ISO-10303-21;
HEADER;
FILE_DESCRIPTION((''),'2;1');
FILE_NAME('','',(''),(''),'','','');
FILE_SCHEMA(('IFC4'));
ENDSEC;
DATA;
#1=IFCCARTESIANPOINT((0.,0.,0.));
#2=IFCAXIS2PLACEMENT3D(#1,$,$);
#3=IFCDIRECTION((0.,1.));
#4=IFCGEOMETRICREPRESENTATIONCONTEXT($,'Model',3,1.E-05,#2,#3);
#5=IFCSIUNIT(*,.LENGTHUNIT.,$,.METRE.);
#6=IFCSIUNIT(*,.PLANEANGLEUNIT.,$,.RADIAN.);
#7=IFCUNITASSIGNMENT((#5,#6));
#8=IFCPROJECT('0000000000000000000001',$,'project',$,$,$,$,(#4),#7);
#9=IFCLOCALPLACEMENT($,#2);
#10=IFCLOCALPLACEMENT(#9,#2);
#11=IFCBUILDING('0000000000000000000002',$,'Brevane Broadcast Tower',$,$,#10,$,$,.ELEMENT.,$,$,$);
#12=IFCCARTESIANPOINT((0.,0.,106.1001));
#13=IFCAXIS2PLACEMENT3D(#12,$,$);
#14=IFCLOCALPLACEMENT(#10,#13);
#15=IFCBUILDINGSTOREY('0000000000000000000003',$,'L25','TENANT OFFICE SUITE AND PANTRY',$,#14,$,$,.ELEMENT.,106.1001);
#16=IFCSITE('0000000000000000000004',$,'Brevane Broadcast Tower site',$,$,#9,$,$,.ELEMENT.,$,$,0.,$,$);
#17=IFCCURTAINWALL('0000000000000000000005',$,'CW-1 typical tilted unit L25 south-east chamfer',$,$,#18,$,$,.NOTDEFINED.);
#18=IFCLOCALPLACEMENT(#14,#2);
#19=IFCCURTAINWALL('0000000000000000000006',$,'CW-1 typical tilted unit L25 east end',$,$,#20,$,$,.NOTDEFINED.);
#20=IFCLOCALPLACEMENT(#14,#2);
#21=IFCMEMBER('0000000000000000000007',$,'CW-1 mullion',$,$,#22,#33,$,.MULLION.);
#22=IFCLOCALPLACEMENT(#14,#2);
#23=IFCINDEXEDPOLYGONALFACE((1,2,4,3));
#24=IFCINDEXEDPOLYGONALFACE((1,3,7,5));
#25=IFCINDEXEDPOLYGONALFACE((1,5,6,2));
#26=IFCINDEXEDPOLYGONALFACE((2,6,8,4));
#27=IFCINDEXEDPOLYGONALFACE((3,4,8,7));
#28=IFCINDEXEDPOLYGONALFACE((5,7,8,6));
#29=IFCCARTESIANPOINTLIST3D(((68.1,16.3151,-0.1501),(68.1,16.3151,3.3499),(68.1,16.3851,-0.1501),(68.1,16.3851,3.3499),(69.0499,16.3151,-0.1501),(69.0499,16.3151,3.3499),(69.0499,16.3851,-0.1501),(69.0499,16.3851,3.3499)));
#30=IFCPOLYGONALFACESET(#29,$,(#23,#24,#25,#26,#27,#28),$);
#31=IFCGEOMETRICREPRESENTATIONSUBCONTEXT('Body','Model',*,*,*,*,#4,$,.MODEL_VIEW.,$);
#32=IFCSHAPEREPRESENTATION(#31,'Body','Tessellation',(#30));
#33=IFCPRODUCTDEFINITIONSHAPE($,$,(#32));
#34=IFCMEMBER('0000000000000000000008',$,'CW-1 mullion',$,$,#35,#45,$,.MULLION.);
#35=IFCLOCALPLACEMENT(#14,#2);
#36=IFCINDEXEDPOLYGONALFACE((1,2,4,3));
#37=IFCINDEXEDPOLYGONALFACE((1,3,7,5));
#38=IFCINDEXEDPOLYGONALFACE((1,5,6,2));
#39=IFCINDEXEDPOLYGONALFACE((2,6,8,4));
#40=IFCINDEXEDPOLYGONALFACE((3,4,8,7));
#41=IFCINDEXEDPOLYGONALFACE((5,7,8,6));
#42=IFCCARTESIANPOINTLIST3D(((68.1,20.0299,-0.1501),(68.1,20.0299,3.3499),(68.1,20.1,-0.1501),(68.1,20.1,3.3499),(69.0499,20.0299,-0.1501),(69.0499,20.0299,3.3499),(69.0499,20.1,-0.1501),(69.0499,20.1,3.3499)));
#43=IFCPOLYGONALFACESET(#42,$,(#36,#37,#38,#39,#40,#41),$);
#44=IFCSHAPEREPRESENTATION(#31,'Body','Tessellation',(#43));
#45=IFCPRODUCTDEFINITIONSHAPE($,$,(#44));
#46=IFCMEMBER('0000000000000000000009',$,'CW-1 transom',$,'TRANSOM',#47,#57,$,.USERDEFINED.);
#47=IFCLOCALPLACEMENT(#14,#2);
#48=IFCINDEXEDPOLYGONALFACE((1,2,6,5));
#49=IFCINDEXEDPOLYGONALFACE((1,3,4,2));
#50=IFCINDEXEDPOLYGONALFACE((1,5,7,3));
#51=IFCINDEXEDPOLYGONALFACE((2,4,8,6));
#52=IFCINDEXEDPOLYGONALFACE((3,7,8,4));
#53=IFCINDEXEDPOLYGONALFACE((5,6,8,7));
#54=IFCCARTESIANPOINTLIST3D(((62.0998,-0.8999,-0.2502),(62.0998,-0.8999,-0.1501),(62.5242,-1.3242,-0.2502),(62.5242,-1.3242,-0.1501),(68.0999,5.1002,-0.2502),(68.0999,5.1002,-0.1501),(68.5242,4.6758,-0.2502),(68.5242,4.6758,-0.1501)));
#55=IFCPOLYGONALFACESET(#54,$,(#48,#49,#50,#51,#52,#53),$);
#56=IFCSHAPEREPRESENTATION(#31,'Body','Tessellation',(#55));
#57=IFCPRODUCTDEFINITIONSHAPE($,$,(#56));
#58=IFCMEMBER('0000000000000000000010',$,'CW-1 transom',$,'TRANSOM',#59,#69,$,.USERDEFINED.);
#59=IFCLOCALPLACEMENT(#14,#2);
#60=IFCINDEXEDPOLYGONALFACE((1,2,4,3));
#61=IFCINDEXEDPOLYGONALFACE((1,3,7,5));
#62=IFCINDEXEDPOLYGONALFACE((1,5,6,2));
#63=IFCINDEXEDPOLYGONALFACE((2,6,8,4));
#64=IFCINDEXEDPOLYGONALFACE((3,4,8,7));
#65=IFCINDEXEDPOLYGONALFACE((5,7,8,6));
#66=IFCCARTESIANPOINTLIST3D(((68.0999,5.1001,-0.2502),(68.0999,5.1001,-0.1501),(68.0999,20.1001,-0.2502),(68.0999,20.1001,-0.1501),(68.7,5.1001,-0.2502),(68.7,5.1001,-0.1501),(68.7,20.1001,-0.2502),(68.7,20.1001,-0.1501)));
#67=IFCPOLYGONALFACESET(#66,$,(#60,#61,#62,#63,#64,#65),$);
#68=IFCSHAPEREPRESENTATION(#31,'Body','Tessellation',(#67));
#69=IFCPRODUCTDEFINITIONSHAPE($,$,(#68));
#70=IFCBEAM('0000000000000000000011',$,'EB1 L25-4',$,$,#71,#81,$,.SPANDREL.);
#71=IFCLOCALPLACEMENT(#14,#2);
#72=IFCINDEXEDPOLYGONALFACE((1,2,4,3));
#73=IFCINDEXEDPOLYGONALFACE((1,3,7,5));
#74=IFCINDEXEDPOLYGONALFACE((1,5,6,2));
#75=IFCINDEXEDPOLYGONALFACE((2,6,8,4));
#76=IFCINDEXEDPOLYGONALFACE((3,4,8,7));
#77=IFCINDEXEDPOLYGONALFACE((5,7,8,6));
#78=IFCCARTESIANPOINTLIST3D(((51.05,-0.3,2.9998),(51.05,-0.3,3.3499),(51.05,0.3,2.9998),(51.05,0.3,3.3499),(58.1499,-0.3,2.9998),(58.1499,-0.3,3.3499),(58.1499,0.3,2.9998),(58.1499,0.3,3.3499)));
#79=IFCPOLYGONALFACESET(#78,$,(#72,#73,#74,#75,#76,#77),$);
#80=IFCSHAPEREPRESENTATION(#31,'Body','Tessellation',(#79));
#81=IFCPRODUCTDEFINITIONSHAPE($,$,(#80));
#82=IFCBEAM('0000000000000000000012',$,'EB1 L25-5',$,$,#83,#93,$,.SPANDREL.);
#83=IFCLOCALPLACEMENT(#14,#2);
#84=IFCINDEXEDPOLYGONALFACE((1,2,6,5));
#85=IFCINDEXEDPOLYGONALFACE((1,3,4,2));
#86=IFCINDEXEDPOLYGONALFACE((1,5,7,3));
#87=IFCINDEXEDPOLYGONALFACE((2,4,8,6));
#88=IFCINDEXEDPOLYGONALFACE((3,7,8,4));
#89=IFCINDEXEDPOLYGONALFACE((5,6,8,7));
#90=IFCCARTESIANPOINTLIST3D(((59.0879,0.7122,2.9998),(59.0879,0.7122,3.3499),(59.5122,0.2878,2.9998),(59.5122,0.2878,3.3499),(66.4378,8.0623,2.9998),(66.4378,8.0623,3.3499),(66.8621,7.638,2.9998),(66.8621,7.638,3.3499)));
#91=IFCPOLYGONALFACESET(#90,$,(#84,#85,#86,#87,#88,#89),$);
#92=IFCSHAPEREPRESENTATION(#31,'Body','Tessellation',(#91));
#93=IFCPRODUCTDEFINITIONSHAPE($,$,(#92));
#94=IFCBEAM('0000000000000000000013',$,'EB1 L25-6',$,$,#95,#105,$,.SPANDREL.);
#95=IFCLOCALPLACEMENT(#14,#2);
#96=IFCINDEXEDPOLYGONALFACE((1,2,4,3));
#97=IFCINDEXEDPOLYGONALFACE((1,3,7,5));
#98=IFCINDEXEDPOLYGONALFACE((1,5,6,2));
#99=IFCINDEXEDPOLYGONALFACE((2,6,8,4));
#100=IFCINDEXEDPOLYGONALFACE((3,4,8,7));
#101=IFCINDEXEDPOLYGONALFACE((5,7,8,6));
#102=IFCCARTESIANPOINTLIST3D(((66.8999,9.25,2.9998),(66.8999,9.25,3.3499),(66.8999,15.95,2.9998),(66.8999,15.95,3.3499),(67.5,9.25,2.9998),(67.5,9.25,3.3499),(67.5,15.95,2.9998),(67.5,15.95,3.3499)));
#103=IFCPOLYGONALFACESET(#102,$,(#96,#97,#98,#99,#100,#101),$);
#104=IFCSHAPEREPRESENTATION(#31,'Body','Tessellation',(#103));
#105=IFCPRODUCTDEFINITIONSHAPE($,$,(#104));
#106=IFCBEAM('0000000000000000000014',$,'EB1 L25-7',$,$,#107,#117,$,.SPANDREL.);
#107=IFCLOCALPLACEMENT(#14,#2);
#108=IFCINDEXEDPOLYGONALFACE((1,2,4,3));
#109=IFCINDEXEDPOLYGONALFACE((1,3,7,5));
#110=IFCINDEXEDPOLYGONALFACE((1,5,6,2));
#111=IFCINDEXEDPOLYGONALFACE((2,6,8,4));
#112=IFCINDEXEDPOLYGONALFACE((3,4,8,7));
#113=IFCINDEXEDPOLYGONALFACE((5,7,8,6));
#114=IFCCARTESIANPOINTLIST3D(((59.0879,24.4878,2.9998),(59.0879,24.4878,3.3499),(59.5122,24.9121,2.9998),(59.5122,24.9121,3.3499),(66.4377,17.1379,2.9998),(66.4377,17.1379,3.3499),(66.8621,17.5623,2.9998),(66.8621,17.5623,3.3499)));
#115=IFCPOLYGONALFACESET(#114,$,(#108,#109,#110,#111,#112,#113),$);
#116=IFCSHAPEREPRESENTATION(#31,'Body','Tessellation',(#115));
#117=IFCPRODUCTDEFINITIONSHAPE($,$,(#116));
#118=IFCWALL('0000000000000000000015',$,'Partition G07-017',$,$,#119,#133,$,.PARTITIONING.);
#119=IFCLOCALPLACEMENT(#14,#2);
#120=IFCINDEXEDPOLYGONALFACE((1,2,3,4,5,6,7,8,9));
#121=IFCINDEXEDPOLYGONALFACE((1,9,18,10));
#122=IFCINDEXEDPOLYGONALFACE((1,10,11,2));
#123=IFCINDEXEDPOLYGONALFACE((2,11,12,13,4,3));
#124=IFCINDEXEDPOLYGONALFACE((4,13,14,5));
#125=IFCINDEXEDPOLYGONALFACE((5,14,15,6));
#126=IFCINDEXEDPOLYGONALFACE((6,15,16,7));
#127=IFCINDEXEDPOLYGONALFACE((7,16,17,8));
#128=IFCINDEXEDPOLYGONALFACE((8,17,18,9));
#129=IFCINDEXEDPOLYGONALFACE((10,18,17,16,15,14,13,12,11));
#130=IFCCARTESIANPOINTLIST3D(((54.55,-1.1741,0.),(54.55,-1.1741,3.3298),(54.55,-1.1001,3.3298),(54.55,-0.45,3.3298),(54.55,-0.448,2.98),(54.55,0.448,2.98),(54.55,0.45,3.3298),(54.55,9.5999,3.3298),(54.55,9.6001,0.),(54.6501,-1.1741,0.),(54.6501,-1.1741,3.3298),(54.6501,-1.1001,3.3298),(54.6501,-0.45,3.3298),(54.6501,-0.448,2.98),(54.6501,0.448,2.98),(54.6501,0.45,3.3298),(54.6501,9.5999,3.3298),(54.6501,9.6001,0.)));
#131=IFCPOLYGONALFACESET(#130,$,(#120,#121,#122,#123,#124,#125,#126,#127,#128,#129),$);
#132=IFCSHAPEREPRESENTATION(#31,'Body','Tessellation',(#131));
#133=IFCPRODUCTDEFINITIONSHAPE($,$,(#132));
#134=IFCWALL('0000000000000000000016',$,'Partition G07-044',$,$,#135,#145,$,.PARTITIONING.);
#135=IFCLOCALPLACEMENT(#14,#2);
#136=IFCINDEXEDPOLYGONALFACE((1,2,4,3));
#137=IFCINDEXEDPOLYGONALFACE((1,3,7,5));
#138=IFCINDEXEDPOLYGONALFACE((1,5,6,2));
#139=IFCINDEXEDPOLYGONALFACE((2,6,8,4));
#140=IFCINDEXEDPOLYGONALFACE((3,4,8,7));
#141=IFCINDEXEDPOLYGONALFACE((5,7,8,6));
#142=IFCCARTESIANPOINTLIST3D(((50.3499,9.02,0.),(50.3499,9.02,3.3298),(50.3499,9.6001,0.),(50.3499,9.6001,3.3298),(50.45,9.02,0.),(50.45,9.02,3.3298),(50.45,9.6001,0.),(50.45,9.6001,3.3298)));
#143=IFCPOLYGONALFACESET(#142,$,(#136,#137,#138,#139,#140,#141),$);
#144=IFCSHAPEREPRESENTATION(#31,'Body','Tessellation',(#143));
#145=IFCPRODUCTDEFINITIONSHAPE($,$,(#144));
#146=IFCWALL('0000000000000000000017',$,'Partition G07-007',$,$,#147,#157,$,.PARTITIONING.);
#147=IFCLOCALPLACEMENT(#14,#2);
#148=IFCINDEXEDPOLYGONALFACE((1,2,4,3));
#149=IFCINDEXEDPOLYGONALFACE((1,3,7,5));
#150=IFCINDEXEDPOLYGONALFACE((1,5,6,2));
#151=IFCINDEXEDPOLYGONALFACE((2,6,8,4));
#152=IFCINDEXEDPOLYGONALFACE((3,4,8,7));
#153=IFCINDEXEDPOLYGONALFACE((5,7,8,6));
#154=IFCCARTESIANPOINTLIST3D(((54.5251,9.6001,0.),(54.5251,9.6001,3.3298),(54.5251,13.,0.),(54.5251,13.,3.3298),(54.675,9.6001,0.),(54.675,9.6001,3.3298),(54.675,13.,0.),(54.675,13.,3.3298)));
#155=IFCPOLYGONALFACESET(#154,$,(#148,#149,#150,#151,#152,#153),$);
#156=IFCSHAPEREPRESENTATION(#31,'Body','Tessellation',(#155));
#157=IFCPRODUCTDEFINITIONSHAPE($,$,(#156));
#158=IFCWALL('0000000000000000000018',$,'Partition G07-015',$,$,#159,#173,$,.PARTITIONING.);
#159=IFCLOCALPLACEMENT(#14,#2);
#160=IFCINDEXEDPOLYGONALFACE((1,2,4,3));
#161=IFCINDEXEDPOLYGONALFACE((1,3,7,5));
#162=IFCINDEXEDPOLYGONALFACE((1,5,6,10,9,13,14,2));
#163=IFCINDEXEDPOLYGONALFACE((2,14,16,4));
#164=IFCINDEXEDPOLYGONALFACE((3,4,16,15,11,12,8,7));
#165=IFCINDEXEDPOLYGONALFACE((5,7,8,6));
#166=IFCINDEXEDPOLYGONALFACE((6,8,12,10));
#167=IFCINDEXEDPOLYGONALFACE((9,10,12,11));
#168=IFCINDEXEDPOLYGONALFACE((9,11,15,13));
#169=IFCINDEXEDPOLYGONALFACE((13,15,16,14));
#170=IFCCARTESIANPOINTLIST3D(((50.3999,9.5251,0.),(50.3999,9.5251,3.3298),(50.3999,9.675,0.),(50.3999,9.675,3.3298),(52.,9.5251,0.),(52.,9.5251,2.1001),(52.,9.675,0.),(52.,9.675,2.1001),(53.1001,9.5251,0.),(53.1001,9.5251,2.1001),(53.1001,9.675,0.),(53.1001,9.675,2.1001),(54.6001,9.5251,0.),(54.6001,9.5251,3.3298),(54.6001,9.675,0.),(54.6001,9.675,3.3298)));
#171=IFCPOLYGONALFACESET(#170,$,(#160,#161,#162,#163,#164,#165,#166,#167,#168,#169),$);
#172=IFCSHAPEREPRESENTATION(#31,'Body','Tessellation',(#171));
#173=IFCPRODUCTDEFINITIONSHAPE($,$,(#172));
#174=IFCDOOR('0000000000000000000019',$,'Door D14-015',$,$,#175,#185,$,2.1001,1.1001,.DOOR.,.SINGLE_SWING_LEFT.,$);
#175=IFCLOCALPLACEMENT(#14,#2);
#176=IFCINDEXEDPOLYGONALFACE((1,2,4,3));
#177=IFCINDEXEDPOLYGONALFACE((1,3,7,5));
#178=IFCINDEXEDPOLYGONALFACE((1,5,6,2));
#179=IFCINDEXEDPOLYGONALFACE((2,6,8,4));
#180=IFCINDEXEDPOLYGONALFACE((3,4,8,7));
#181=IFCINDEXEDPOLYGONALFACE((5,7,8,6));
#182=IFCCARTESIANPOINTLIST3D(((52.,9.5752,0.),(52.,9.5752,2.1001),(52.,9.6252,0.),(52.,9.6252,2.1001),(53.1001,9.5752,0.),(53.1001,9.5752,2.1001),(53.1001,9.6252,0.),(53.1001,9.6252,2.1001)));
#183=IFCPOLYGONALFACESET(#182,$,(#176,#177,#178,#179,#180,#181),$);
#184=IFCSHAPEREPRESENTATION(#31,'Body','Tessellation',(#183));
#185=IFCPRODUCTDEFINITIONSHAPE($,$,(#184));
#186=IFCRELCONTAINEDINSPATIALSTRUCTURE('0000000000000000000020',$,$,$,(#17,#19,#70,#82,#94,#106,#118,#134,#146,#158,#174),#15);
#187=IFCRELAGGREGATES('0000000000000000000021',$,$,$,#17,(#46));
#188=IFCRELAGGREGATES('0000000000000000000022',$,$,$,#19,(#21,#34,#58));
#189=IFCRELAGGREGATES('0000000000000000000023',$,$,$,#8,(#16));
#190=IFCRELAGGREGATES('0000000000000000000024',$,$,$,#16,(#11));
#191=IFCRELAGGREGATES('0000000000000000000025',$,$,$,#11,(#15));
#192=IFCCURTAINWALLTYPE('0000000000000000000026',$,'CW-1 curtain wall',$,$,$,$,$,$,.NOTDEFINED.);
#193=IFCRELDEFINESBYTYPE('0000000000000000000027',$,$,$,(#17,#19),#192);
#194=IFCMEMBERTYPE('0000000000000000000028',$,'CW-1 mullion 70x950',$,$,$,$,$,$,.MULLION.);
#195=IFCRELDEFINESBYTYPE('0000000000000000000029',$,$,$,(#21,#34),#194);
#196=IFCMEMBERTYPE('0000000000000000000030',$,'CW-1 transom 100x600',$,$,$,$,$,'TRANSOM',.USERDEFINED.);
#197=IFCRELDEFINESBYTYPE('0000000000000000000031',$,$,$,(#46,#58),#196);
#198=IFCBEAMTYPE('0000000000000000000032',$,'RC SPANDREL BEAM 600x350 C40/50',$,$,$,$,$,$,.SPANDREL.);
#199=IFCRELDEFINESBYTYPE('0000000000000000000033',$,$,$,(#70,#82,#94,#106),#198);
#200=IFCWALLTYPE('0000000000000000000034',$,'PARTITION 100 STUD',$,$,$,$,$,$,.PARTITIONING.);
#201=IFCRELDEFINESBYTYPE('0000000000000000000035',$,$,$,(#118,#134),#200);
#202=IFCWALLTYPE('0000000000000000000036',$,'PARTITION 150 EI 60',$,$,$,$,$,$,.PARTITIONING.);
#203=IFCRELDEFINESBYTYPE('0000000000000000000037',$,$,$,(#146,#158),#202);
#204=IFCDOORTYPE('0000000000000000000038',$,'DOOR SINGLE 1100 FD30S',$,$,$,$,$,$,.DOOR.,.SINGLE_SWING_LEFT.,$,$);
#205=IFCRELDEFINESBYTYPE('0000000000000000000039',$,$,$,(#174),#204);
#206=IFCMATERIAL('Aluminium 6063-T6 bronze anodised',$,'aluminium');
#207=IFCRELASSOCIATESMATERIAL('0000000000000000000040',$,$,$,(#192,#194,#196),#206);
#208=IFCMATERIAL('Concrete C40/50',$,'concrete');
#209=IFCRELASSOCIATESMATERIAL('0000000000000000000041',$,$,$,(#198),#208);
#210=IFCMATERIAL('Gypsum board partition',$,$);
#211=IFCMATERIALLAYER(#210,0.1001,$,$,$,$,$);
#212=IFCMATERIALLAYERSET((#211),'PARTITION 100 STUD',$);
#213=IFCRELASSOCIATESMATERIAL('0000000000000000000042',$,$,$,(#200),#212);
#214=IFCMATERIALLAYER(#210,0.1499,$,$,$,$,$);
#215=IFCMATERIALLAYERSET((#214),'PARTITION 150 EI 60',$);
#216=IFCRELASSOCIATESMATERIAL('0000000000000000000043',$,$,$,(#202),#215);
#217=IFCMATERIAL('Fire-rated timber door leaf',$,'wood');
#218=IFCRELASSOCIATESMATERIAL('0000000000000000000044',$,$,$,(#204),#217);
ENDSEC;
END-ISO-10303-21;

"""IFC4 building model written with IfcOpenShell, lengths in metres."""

from ifc_helpers import new_model, si_unit, direction, frame, frame_2d, origin, origin_2d, place, context, subcontext, project, spatial, polyline, rectangle, outline, extrude, material, layer, layer_set, material_profile, profile_set, type_object, element, fill, aggregate, save


model = new_model("IFC4")

# Units and contexts
model_context = context("Model", 3, precision=1e-05, world=origin(), true_north=direction((0.0, 1.0)))
body_context = subcontext(model_context, "Body", "Model", "MODEL_VIEW")
ifc_project = project(units=[si_unit("LENGTHUNIT", "METRE"), si_unit("PLANEANGLEUNIT", "RADIAN")], contexts=[model_context])

# Site, building, storey
site_placement = place(None, origin())
site = spatial("IfcSite", under=ifc_project, at=site_placement, Name="Brevane Broadcast Tower site", CompositionType="ELEMENT", RefElevation=0.0)
building_placement = place(site_placement, origin())
building = spatial("IfcBuilding", under=site, at=building_placement, Name="Brevane Broadcast Tower", CompositionType="ELEMENT")
storey_placement = place(building_placement, frame((0.0, 0.0, 106.1001)))
storey = spatial("IfcBuildingStorey", under=building, at=storey_placement, Name="L25", Description="TENANT OFFICE SUITE AND PANTRY", CompositionType="ELEMENT", Elevation=106.1001)

# Curtain walls, members
ifc_material_1 = material(Name="Aluminium 6063-T6 bronze anodised", Category="aluminium")
curtain_wall_type = type_object("IfcCurtainWallType", Name="CW-1 curtain wall", PredefinedType="NOTDEFINED", material=ifc_material_1)
ifc_material_profile_1 = material_profile(ifc_material_1, rectangle(XDim=0.95, YDim=0.0701, at=origin_2d()), Name="RECT 70x950")
ifc_profile_set_1 = profile_set([ifc_material_profile_1], Name="Aluminium 6063-T6 bronze anodised")
member_type_1 = type_object("IfcMemberType", Name="CW-1 mullion 70x950", PredefinedType="MULLION", material=ifc_profile_set_1)
curtain_wall_1_placement = place(storey_placement, origin())
curtain_wall_1 = element("IfcCurtainWall", 1, at=curtain_wall_1_placement, inside=storey, type_object=curtain_wall_type, Name="CW-1 typical tilted unit L25 south-east chamfer", PredefinedType="NOTDEFINED")
curtain_wall_2_placement = place(storey_placement, origin())
curtain_wall_2 = element("IfcCurtainWall", 2, at=curtain_wall_2_placement, inside=storey, type_object=curtain_wall_type, Name="CW-1 typical tilted unit L25 east end", PredefinedType="NOTDEFINED")
member_1_placement = place(storey_placement, frame((68.575, 16.3501, -0.1501), z_axis=(0.0, 0.0, 1.0), x_axis=(-1.0, 0.0, 0.0)))
member_1 = element("IfcMember", 3, at=member_1_placement, type_object=member_type_1, Name="CW-1 mullion", PredefinedType="MULLION", context=body_context, shape_type="SweptSolid", body=[
    extrude(rectangle(XDim=0.95, YDim=0.0701, at=origin_2d()), origin(), (0.0, 0.0, 1.0), 3.5),
])
member_2_placement = place(storey_placement, frame((68.575, 20.0649, -0.1501), z_axis=(0.0, 0.0, 1.0), x_axis=(-1.0, 0.0, 0.0)))
member_2 = element("IfcMember", 4, at=member_2_placement, type_object=member_type_1, Name="CW-1 mullion", PredefinedType="MULLION", context=body_context, shape_type="SweptSolid", body=[
    extrude(rectangle(XDim=0.95, YDim=0.0701, at=origin_2d()), origin(), (0.0, 0.0, 1.0), 3.5),
])

# Members
ifc_material_profile_2 = material_profile(ifc_material_1, rectangle(XDim=0.6001, YDim=0.1001, at=origin_2d()), Name="RECT 100x600")
ifc_profile_set_2 = profile_set([ifc_material_profile_2], Name="Aluminium 6063-T6 bronze anodised")
member_type_2 = type_object("IfcMemberType", Name="CW-1 transom 100x600", ElementType="TRANSOM", PredefinedType="USERDEFINED", material=ifc_profile_set_2)
member_3_placement = place(storey_placement, frame((62.312, -1.1121, -0.2002), z_axis=(0.707107, 0.707107, 0.0), x_axis=(-0.707107, 0.707107, 0.0)))
member_3 = element("IfcMember", 5, at=member_3_placement, type_object=member_type_2, Name="CW-1 transom", ObjectType="TRANSOM", PredefinedType="USERDEFINED", context=body_context, shape_type="SweptSolid", body=[
    extrude(rectangle(XDim=0.6001, YDim=0.1001, at=origin_2d()), origin(), (0.0, 0.0, 1.0), 8.4854),
])
aggregate(curtain_wall_1, [member_3])
member_4_placement = place(storey_placement, frame((68.3999, 5.1001, -0.2002), z_axis=(0.0, 1.0, 0.0), x_axis=(-1.0, 0.0, 0.0)))
member_4 = element("IfcMember", 6, at=member_4_placement, type_object=member_type_2, Name="CW-1 transom", ObjectType="TRANSOM", PredefinedType="USERDEFINED", context=body_context, shape_type="SweptSolid", body=[
    extrude(rectangle(XDim=0.6001, YDim=0.1001, at=origin_2d()), origin(), (0.0, 0.0, 1.0), 15.0),
])
aggregate(curtain_wall_2, [member_1, member_2, member_4])

# Beams
ifc_material_2 = material(Name="Concrete C40/50", Category="concrete")
ifc_material_profile_3 = material_profile(ifc_material_2, rectangle(XDim=0.6001, YDim=0.3501, at=origin_2d()), Name="RC 600x350")
ifc_profile_set_3 = profile_set([ifc_material_profile_3], Name="Concrete C40/50")
beam_type = type_object("IfcBeamType", Name="RC SPANDREL BEAM 600x350 C40/50", PredefinedType="SPANDREL", material=ifc_profile_set_3)
beam_1_placement = place(storey_placement, frame((51.05, 0.0, 3.1748), z_axis=(1.0, 0.0, 0.0), x_axis=(0.0, 1.0, 0.0)))
element("IfcBeam", 7, at=beam_1_placement, inside=storey, type_object=beam_type, Name="EB1 L25-4", PredefinedType="SPANDREL", context=body_context, shape_type="SweptSolid", body=[
    extrude(rectangle(XDim=0.6001, YDim=0.3501, at=origin_2d()), origin(), (0.0, 0.0, 1.0), 7.0999),
])
beam_2_placement = place(storey_placement, frame((59.3, 0.5, 3.1748), z_axis=(0.707095, 0.707119, 0.0), x_axis=(-0.707119, 0.707095, 0.0)))
element("IfcBeam", 8, at=beam_2_placement, inside=storey, type_object=beam_type, Name="EB1 L25-5", PredefinedType="SPANDREL", context=body_context, shape_type="SweptSolid", body=[
    extrude(rectangle(XDim=0.6001, YDim=0.3501, at=origin_2d()), origin(), (0.0, 0.0, 1.0), 10.3945),
])
beam_3_placement = place(storey_placement, frame((67.2, 9.25, 3.1748), z_axis=(0.0, 1.0, 0.0), x_axis=(-1.0, 0.0, 0.0)))
element("IfcBeam", 9, at=beam_3_placement, inside=storey, type_object=beam_type, Name="EB1 L25-6", PredefinedType="SPANDREL", context=body_context, shape_type="SweptSolid", body=[
    extrude(rectangle(XDim=0.6001, YDim=0.3501, at=origin_2d()), origin(), (0.0, 0.0, 1.0), 6.7),
])
beam_4_placement = place(storey_placement, frame((66.6499, 17.3501, 3.1748), z_axis=(-0.707107, 0.707107, 0.0), x_axis=(-0.707107, -0.707107, 0.0)))
element("IfcBeam", 10, at=beam_4_placement, inside=storey, type_object=beam_type, Name="EB1 L25-7", PredefinedType="SPANDREL", context=body_context, shape_type="SweptSolid", body=[
    extrude(rectangle(XDim=0.6001, YDim=0.3501, at=origin_2d()), origin(), (0.0, 0.0, 1.0), 10.3943),
])

# Walls
ifc_material_3 = material(Name="Gypsum board partition")
ifc_layer_1 = layer(ifc_material_3, 0.1001)
ifc_layer_set_1 = layer_set([ifc_layer_1], Name="PARTITION 100 STUD")
wall_type_1 = type_object("IfcWallType", Name="PARTITION 100 STUD", PredefinedType="PARTITIONING", material=ifc_layer_set_1)
wall_1_placement = place(storey_placement, frame((54.6001, -1.1741, 0.0), z_axis=(0.0, 0.0, 1.0), x_axis=(0.0, 1.0, 0.0)))
element("IfcWall", 11, at=wall_1_placement, inside=storey, type_object=wall_type_1, Name="Partition G07-017", PredefinedType="PARTITIONING", context=body_context, shape_type="SweptSolid", body=[
    extrude(outline(polyline([(0.0, 0.0), (10.7742, 0.0), (10.7739, 3.3298), (1.624, 3.3298), (1.6221, 2.98), (0.7261, 2.98), (0.7241, 3.3298), (0.074, 3.3298), (0.0, 3.3298), (0.0, 0.0)])), frame((0.0, 0.05, 0.0), z_axis=(0.0, -1.0, 0.0), x_axis=(1.0, 0.0, 0.0)), (0.0, 0.0, 1.0), 0.1001),
])
wall_2_placement = place(storey_placement, frame((50.3999, 9.6001, 0.0), z_axis=(0.0, 0.0, 1.0), x_axis=(0.0, -1.0, 0.0)))
element("IfcWall", 12, at=wall_2_placement, inside=storey, type_object=wall_type_1, Name="Partition G07-044", PredefinedType="PARTITIONING", context=body_context, shape_type="SweptSolid", body=[
    extrude(rectangle(XDim=0.5801, YDim=0.1001, at=frame_2d((0.29, 0.0))), origin(), (0.0, 0.0, 1.0), 3.3298),
])
ifc_layer_2 = layer(ifc_material_3, 0.1499)
ifc_layer_set_2 = layer_set([ifc_layer_2], Name="PARTITION 150 EI 60")
wall_type_2 = type_object("IfcWallType", Name="PARTITION 150 EI 60", PredefinedType="PARTITIONING", material=ifc_layer_set_2)
wall_3_placement = place(storey_placement, frame((54.6001, 13.0, 0.0), z_axis=(0.0, 0.0, 1.0), x_axis=(0.0, -1.0, 0.0)))
element("IfcWall", 13, at=wall_3_placement, inside=storey, type_object=wall_type_2, Name="Partition G07-007", PredefinedType="PARTITIONING", context=body_context, shape_type="SweptSolid", body=[
    extrude(rectangle(XDim=3.3999, YDim=0.1499, at=frame_2d((1.7, 0.0))), origin(), (0.0, 0.0, 1.0), 3.3298),
])

# Wall, opening, door
wall_4_placement = place(storey_placement, frame((54.6001, 9.6001, 0.0), z_axis=(0.0, 0.0, 1.0), x_axis=(-1.0, 0.0, 0.0)))
wall_4 = element("IfcWall", 14, at=wall_4_placement, inside=storey, type_object=wall_type_2, Name="Partition G07-015", PredefinedType="PARTITIONING", context=body_context, shape_type="SweptSolid", body=[
    extrude(rectangle(XDim=4.2002, YDim=0.1499, at=frame_2d((2.1001, 0.0))), origin(), (0.0, 0.0, 1.0), 3.3298),
])
opening_1_placement = place(wall_4_placement, frame((1.5, 0.0, 0.0)))
opening_1 = element("IfcOpeningElement", 15, at=opening_1_placement, cuts=wall_4, PredefinedType="OPENING", context=body_context, shape_type="SweptSolid", body=[
    extrude(rectangle(XDim=1.1001, YDim=2.1001, at=frame_2d((0.55, 1.05))), frame((0.0, 0.085, 0.0), z_axis=(0.0, -1.0, 0.0), x_axis=(1.0, 0.0, 0.0)), (0.0, 0.0, 1.0), 0.1699),
])
ifc_material_4 = material(Name="Fire-rated timber door leaf", Category="wood")
door_type_1 = type_object("IfcDoorType", Name="DOOR SINGLE 1100 FD30S", OperationType="SINGLE_SWING_LEFT", PredefinedType="DOOR", material=ifc_material_4)
door_1_placement = place(opening_1_placement, origin())
door_1 = element("IfcDoor", 16, at=door_1_placement, inside=storey, type_object=door_type_1, Name="Door D14-015", OperationType="SINGLE_SWING_LEFT", OverallHeight=2.1001, OverallWidth=1.1001, PredefinedType="DOOR", context=body_context, shape_type="SweptSolid", body=[
    extrude(rectangle(XDim=1.1001, YDim=2.1001, at=frame_2d((0.55, 1.05))), frame((0.0, 0.0249, 0.0), z_axis=(0.0, -1.0, 0.0), x_axis=(1.0, 0.0, 0.0)), (0.0, 0.0, 1.0), 0.05),
])
fill(opening_1, door_1)

save(model, "model.ifc")
